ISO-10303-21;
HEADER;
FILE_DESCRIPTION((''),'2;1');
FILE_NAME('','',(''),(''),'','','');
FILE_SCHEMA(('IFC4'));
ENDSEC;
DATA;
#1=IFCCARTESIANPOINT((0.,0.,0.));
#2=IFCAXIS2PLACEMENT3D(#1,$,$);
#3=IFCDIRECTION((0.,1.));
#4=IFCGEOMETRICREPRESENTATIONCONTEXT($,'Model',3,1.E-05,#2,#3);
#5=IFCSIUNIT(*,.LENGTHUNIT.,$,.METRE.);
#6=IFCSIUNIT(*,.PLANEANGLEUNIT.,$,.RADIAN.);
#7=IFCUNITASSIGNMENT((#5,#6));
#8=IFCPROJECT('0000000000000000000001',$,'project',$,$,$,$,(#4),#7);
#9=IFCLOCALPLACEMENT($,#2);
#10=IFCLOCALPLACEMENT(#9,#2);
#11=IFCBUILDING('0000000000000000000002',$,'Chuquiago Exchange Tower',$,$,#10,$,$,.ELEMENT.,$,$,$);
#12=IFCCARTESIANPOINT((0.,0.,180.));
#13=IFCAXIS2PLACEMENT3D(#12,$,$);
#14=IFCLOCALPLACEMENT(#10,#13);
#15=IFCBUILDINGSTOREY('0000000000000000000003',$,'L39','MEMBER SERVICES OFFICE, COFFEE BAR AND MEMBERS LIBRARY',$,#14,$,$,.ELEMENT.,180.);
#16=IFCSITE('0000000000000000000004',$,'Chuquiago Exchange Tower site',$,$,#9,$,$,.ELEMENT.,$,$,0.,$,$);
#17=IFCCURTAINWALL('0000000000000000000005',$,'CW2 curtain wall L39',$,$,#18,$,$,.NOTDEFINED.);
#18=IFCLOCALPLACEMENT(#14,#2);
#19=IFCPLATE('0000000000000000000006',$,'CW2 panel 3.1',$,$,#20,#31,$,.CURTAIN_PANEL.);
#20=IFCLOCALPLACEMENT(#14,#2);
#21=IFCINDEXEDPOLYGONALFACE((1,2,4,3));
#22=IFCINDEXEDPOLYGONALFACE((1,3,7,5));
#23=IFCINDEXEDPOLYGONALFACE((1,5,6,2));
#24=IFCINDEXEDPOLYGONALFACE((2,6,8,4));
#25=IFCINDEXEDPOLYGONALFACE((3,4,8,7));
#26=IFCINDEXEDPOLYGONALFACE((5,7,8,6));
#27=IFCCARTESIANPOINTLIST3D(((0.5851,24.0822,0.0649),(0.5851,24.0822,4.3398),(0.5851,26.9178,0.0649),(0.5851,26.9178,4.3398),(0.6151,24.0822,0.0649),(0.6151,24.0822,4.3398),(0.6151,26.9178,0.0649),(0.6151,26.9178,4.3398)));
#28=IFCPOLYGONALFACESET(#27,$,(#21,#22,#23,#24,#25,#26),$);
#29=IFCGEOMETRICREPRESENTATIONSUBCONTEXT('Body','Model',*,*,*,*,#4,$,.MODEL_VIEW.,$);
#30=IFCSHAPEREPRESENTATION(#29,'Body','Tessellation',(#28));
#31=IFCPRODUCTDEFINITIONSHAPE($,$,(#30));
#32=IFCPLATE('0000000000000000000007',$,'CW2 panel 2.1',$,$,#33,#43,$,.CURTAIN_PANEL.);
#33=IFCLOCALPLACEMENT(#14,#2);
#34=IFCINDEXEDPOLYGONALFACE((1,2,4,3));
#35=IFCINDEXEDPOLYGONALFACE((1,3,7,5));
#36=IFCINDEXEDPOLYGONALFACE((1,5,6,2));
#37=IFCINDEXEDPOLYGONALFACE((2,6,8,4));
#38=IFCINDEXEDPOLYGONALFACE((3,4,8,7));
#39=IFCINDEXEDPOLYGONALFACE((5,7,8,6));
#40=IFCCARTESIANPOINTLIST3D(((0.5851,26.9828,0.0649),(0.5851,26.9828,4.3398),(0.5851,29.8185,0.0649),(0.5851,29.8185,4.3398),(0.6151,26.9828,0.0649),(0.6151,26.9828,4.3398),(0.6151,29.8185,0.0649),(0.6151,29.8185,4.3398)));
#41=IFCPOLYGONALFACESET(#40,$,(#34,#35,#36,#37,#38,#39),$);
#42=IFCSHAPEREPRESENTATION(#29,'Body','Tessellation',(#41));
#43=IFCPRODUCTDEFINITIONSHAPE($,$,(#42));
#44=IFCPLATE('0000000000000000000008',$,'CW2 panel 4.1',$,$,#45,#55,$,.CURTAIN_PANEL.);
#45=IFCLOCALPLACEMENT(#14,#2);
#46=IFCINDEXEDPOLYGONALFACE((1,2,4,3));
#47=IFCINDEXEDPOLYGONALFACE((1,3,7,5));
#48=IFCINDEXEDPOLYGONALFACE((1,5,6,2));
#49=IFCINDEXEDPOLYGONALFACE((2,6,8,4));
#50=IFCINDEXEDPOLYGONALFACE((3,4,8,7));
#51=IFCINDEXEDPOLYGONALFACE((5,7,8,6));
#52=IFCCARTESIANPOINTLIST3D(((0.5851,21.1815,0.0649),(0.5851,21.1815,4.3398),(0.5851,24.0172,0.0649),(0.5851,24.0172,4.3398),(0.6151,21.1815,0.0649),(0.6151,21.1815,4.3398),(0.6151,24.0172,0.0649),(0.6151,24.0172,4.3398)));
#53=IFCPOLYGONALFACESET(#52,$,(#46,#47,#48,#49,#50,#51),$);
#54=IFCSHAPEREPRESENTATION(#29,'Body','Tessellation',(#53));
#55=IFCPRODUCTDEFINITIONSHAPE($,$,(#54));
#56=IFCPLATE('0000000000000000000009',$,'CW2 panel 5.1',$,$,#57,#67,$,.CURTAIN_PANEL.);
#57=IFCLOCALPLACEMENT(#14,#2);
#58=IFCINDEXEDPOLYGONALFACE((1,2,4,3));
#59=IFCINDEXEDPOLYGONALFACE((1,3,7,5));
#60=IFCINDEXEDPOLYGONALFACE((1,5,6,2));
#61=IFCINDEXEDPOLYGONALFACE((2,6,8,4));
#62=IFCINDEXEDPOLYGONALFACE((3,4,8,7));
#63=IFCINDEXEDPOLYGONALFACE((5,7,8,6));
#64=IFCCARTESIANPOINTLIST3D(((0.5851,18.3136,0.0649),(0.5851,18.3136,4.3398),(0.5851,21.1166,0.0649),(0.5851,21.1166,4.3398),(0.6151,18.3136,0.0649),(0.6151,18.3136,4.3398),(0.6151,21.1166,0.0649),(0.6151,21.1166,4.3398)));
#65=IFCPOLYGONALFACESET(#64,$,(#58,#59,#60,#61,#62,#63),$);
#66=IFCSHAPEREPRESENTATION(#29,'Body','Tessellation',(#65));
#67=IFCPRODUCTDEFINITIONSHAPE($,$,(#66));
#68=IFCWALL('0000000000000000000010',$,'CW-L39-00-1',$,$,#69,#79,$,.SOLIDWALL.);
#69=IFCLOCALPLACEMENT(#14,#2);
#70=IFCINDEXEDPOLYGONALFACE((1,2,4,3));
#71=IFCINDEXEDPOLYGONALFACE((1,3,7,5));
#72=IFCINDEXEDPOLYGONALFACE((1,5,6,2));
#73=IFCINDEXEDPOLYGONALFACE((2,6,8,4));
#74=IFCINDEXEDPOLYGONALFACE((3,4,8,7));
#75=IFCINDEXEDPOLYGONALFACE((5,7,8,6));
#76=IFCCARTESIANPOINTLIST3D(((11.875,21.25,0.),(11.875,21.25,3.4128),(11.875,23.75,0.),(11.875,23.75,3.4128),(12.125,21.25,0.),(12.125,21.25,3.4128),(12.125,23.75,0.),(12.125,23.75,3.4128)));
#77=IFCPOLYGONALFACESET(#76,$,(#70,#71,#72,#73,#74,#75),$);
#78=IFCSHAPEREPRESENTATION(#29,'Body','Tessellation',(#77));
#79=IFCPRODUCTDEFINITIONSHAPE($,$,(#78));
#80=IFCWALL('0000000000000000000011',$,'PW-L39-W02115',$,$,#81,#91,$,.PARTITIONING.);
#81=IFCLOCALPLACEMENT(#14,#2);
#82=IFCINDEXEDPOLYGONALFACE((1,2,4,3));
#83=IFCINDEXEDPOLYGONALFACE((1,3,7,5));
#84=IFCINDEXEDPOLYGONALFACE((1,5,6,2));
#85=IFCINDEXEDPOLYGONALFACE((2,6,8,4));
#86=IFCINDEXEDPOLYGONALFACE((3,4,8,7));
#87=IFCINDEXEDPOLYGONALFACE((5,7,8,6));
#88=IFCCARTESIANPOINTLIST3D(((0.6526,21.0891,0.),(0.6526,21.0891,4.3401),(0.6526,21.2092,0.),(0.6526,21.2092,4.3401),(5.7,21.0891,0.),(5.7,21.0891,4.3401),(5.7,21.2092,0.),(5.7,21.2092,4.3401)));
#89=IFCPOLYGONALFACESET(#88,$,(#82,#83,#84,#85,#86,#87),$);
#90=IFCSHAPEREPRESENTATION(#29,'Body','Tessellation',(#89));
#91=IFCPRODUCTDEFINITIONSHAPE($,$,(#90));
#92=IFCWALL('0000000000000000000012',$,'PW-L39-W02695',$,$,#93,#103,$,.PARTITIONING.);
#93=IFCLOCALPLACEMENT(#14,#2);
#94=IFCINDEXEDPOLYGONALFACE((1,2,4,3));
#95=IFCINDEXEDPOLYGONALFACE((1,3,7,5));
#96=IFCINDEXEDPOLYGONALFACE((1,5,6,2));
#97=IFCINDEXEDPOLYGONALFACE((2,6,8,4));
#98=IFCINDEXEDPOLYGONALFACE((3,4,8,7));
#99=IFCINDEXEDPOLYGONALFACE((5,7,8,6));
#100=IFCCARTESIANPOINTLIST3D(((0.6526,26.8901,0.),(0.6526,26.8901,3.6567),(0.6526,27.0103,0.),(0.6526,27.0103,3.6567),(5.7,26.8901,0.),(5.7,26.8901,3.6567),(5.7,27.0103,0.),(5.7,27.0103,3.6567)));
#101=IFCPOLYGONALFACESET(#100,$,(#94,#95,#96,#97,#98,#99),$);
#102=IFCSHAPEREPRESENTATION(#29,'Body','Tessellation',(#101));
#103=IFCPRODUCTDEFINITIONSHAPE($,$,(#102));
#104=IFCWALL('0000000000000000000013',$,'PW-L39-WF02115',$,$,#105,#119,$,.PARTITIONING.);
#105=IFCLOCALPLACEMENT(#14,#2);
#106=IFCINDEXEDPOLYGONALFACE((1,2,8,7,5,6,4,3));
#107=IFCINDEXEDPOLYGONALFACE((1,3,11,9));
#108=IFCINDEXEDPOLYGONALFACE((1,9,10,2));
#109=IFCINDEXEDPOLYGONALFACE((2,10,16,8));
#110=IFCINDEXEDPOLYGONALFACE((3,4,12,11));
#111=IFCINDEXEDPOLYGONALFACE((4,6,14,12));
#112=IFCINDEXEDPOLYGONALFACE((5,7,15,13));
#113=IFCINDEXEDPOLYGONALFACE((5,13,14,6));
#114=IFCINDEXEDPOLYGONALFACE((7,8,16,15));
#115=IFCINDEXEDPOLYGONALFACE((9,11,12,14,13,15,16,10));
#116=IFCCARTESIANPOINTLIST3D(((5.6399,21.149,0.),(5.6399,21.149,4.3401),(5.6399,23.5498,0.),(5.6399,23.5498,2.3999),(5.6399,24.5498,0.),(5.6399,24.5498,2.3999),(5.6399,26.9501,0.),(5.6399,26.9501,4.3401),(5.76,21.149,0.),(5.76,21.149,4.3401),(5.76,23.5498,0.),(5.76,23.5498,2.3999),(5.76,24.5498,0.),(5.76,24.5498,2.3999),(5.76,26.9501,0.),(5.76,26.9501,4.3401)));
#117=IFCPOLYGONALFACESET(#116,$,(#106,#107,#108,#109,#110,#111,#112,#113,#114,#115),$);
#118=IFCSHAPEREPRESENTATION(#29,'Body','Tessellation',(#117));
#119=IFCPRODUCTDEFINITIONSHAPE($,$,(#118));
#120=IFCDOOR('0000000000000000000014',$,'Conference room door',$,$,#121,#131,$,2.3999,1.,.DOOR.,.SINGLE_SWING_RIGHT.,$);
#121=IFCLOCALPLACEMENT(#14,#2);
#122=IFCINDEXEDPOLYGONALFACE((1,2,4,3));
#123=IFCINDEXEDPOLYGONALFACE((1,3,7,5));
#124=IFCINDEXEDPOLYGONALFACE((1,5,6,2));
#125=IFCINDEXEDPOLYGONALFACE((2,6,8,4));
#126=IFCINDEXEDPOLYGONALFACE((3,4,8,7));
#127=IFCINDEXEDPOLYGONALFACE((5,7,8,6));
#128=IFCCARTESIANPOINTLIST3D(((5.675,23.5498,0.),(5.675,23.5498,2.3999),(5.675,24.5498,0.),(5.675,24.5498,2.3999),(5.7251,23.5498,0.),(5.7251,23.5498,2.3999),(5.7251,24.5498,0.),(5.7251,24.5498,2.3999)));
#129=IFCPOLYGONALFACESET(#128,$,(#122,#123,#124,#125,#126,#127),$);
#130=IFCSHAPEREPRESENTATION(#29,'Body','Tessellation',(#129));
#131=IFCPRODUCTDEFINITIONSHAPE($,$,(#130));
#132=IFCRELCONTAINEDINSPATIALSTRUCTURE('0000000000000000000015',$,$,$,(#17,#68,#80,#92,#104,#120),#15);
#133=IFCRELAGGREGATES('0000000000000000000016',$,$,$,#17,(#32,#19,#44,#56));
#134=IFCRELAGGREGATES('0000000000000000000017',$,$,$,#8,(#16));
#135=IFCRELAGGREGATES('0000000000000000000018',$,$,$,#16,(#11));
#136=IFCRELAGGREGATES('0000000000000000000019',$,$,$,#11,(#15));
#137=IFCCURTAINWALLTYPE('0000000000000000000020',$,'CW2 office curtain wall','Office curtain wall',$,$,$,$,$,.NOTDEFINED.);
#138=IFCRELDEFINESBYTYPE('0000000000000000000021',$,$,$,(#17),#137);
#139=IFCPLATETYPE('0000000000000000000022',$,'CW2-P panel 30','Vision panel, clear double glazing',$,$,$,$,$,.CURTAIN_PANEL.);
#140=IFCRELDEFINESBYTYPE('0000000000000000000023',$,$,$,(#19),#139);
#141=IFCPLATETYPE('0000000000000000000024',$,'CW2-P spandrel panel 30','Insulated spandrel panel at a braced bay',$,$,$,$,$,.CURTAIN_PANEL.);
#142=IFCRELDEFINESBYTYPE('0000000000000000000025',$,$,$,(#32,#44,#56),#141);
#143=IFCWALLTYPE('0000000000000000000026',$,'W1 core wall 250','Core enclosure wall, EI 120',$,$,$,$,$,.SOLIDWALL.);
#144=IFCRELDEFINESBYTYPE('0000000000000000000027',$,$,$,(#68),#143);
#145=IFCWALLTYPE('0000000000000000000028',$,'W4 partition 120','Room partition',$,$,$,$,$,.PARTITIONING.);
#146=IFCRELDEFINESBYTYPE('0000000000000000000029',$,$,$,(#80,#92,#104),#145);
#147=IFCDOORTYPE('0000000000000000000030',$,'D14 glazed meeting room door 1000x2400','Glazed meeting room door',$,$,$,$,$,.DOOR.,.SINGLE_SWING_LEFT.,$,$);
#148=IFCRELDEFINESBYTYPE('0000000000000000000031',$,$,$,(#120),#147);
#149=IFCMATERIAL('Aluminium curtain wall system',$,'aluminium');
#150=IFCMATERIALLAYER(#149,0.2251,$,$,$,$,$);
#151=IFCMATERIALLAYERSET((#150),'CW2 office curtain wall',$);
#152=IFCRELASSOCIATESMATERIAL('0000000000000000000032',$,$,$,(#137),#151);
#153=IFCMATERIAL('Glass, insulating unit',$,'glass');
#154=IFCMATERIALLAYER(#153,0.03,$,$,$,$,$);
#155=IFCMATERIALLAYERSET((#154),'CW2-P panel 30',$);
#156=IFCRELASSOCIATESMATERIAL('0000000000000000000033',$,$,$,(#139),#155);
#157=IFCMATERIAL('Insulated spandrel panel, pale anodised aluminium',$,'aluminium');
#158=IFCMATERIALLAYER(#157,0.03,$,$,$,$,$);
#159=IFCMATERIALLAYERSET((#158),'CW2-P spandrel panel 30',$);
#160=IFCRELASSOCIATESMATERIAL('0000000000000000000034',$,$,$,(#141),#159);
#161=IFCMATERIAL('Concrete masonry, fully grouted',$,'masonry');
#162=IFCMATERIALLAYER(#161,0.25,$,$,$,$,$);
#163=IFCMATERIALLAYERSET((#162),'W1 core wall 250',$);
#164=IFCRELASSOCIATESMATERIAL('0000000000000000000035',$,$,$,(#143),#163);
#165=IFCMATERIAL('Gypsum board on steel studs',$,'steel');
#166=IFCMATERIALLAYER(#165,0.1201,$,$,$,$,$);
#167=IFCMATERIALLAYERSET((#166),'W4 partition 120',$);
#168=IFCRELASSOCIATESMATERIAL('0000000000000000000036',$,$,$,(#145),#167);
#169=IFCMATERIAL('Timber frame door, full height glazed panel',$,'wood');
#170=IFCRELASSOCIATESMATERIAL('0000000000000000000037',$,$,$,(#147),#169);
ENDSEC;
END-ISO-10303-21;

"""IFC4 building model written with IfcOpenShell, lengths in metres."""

from ifc_helpers import new_model, si_unit, direction, frame, frame_2d, origin, origin_2d, place, context, subcontext, project, spatial, rectangle, extrude, material, layer, layer_set, type_object, element, fill, aggregate, save


model = new_model("IFC4")

# Units and contexts
model_context = context("Model", 3, precision=1e-05, world=origin(), true_north=direction((0.0, 1.0)))
body_context = subcontext(model_context, "Body", "Model", "MODEL_VIEW")
ifc_project = project(units=[si_unit("LENGTHUNIT", "METRE"), si_unit("PLANEANGLEUNIT", "RADIAN")], contexts=[model_context])

# Site, building, storey
site_placement = place(None, origin())
site = spatial("IfcSite", under=ifc_project, at=site_placement, Name="Chuquiago Exchange Tower site", CompositionType="ELEMENT", RefElevation=0.0)
building_placement = place(site_placement, origin())
building = spatial("IfcBuilding", under=site, at=building_placement, Name="Chuquiago Exchange Tower", CompositionType="ELEMENT")
storey_placement = place(building_placement, frame((0.0, 0.0, 180.0)))
storey = spatial("IfcBuildingStorey", under=building, at=storey_placement, Name="L39", Description="MEMBER SERVICES OFFICE, COFFEE BAR AND MEMBERS LIBRARY", CompositionType="ELEMENT", Elevation=180.0)

# Curtain wall
ifc_material_1 = material(Name="Aluminium curtain wall system", Category="aluminium")
ifc_layer_1 = layer(ifc_material_1, 0.2251)
ifc_layer_set_1 = layer_set([ifc_layer_1], Name="CW2 office curtain wall")
curtain_wall_type = type_object("IfcCurtainWallType", Name="CW2 office curtain wall", Description="Office curtain wall", PredefinedType="NOTDEFINED", material=ifc_layer_set_1)
curtain_wall_placement = place(storey_placement, origin())
curtain_wall = element("IfcCurtainWall", 1, at=curtain_wall_placement, inside=storey, type_object=curtain_wall_type, Name="CW2 curtain wall L39", PredefinedType="NOTDEFINED")

# Plates
ifc_material_2 = material(Name="Glass, insulating unit", Category="glass")
ifc_layer_2 = layer(ifc_material_2, 0.03)
ifc_layer_set_2 = layer_set([ifc_layer_2], Name="CW2-P panel 30")
plate_type_1 = type_object("IfcPlateType", Name="CW2-P panel 30", Description="Vision panel, clear double glazing", PredefinedType="CURTAIN_PANEL", material=ifc_layer_set_2)
plate_1_placement = place(storey_placement, frame((0.6001, 25.5, 0.0649), z_axis=(0.0, 0.0, 1.0), x_axis=(0.0, -1.0, 0.0)))
plate_1 = element("IfcPlate", 2, at=plate_1_placement, type_object=plate_type_1, Name="CW2 panel 3.1", PredefinedType="CURTAIN_PANEL", context=body_context, shape_type="SweptSolid", body=[
    extrude(rectangle(XDim=2.8357, YDim=0.03, at=origin_2d()), origin(), (0.0, 0.0, 1.0), 4.2749),
])
ifc_material_3 = material(Name="Insulated spandrel panel, pale anodised aluminium", Category="aluminium")
ifc_layer_3 = layer(ifc_material_3, 0.03)
ifc_layer_set_3 = layer_set([ifc_layer_3], Name="CW2-P spandrel panel 30")
plate_type_2 = type_object("IfcPlateType", Name="CW2-P spandrel panel 30", Description="Insulated spandrel panel at a braced bay", PredefinedType="CURTAIN_PANEL", material=ifc_layer_set_3)
plate_2_placement = place(storey_placement, frame((0.6001, 28.4006, 0.0649), z_axis=(0.0, 0.0, 1.0), x_axis=(0.0, -1.0, 0.0)))
plate_2 = element("IfcPlate", 3, at=plate_2_placement, type_object=plate_type_2, Name="CW2 panel 2.1", PredefinedType="CURTAIN_PANEL", context=body_context, shape_type="SweptSolid", body=[
    extrude(rectangle(XDim=2.8357, YDim=0.03, at=origin_2d()), origin(), (0.0, 0.0, 1.0), 4.2749),
])
plate_3_placement = place(storey_placement, frame((0.6001, 22.5994, 0.0649), z_axis=(0.0, 0.0, 1.0), x_axis=(0.0, -1.0, 0.0)))
plate_3 = element("IfcPlate", 4, at=plate_3_placement, type_object=plate_type_2, Name="CW2 panel 4.1", PredefinedType="CURTAIN_PANEL", context=body_context, shape_type="SweptSolid", body=[
    extrude(rectangle(XDim=2.8357, YDim=0.03, at=origin_2d()), origin(), (0.0, 0.0, 1.0), 4.2749),
])
plate_4_placement = place(storey_placement, frame((0.6001, 19.7151, 0.0649), z_axis=(0.0, 0.0, 1.0), x_axis=(0.0, -1.0, 0.0)))
plate_4 = element("IfcPlate", 5, at=plate_4_placement, type_object=plate_type_2, Name="CW2 panel 5.1", PredefinedType="CURTAIN_PANEL", context=body_context, shape_type="SweptSolid", body=[
    extrude(rectangle(XDim=2.803, YDim=0.03, at=origin_2d()), origin(), (0.0, 0.0, 1.0), 4.2749),
])
aggregate(curtain_wall, [plate_2, plate_1, plate_3, plate_4])

# Walls
ifc_material_4 = material(Name="Concrete masonry, fully grouted", Category="masonry")
ifc_layer_4 = layer(ifc_material_4, 0.25)
ifc_layer_set_4 = layer_set([ifc_layer_4], Name="W1 core wall 250")
wall_type_1 = type_object("IfcWallType", Name="W1 core wall 250", Description="Core enclosure wall, EI 120", PredefinedType="SOLIDWALL", material=ifc_layer_set_4)
wall_1_placement = place(storey_placement, frame((12.0, 21.25, 0.0), z_axis=(0.0, 0.0, 1.0), x_axis=(0.0, 1.0, 0.0)))
element("IfcWall", 6, at=wall_1_placement, inside=storey, type_object=wall_type_1, Name="CW-L39-00-1", PredefinedType="SOLIDWALL", context=body_context, shape_type="SweptSolid", body=[
    extrude(rectangle(XDim=2.5, YDim=0.25, at=frame_2d((1.25, 0.0))), origin(), (0.0, 0.0, 1.0), 3.4128),
])
ifc_material_5 = material(Name="Gypsum board on steel studs", Category="steel")
ifc_layer_5 = layer(ifc_material_5, 0.1201)
ifc_layer_set_5 = layer_set([ifc_layer_5], Name="W4 partition 120")
wall_type_2 = type_object("IfcWallType", Name="W4 partition 120", Description="Room partition", PredefinedType="PARTITIONING", material=ifc_layer_set_5)
wall_2_placement = place(storey_placement, frame((0.6526, 21.1492, 0.0), z_axis=(0.0, 0.0, 1.0), x_axis=(1.0, 0.0, 0.0)))
element("IfcWall", 7, at=wall_2_placement, inside=storey, type_object=wall_type_2, Name="PW-L39-W02115", PredefinedType="PARTITIONING", context=body_context, shape_type="SweptSolid", body=[
    extrude(rectangle(XDim=5.0474, YDim=0.1201, at=frame_2d((2.5237, 0.0))), origin(), (0.0, 0.0, 1.0), 4.3401),
])
wall_3_placement = place(storey_placement, frame((0.6526, 26.9502, 0.0), z_axis=(0.0, 0.0, 1.0), x_axis=(1.0, 0.0, 0.0)))
element("IfcWall", 8, at=wall_3_placement, inside=storey, type_object=wall_type_2, Name="PW-L39-W02695", PredefinedType="PARTITIONING", context=body_context, shape_type="SweptSolid", body=[
    extrude(rectangle(XDim=5.0474, YDim=0.1201, at=frame_2d((2.5237, 0.0))), origin(), (0.0, 0.0, 1.0), 3.6567),
])

# Wall, opening, door
wall_4_placement = place(storey_placement, frame((5.7, 21.1492, 0.0), z_axis=(0.0, 0.0, 1.0), x_axis=(0.0, 1.0, 0.0)))
wall_4 = element("IfcWall", 9, at=wall_4_placement, inside=storey, type_object=wall_type_2, Name="PW-L39-WF02115", PredefinedType="PARTITIONING", context=body_context, shape_type="SweptSolid", body=[
    extrude(rectangle(XDim=5.801, YDim=0.1201, at=frame_2d((2.9004, 0.0))), origin(), (0.0, 0.0, 1.0), 4.3401),
])
opening_placement = place(wall_4_placement, frame((2.4006, 0.0, 0.0)))
opening = element("IfcOpeningElement", 10, at=opening_placement, cuts=wall_4, PredefinedType="OPENING", context=body_context, shape_type="SweptSolid", body=[
    extrude(rectangle(XDim=1.0, YDim=2.3999, at=frame_2d((0.5, 1.2))), frame((0.0, 0.0701, 0.0), z_axis=(0.0, -1.0, 0.0), x_axis=(1.0, 0.0, 0.0)), (0.0, 0.0, 1.0), 0.1401),
])
ifc_material_6 = material(Name="Timber frame door, full height glazed panel", Category="wood")
door_type = type_object("IfcDoorType", Name="D14 glazed meeting room door 1000x2400", Description="Glazed meeting room door", OperationType="SINGLE_SWING_LEFT", PredefinedType="DOOR", material=ifc_material_6)
door_placement = place(opening_placement, origin())
door = element("IfcDoor", 11, at=door_placement, inside=storey, type_object=door_type, Name="Conference room door", OperationType="SINGLE_SWING_RIGHT", OverallHeight=2.3999, OverallWidth=1.0, PredefinedType="DOOR", context=body_context, shape_type="SweptSolid", body=[
    extrude(rectangle(XDim=1.0, YDim=2.3999, at=frame_2d((0.5, 1.2))), frame((0.0, 0.0249, 0.0), z_axis=(0.0, -1.0, 0.0), x_axis=(1.0, 0.0, 0.0)), (0.0, 0.0, 1.0), 0.05),
])
fill(opening, door)

save(model, "model.ifc")
